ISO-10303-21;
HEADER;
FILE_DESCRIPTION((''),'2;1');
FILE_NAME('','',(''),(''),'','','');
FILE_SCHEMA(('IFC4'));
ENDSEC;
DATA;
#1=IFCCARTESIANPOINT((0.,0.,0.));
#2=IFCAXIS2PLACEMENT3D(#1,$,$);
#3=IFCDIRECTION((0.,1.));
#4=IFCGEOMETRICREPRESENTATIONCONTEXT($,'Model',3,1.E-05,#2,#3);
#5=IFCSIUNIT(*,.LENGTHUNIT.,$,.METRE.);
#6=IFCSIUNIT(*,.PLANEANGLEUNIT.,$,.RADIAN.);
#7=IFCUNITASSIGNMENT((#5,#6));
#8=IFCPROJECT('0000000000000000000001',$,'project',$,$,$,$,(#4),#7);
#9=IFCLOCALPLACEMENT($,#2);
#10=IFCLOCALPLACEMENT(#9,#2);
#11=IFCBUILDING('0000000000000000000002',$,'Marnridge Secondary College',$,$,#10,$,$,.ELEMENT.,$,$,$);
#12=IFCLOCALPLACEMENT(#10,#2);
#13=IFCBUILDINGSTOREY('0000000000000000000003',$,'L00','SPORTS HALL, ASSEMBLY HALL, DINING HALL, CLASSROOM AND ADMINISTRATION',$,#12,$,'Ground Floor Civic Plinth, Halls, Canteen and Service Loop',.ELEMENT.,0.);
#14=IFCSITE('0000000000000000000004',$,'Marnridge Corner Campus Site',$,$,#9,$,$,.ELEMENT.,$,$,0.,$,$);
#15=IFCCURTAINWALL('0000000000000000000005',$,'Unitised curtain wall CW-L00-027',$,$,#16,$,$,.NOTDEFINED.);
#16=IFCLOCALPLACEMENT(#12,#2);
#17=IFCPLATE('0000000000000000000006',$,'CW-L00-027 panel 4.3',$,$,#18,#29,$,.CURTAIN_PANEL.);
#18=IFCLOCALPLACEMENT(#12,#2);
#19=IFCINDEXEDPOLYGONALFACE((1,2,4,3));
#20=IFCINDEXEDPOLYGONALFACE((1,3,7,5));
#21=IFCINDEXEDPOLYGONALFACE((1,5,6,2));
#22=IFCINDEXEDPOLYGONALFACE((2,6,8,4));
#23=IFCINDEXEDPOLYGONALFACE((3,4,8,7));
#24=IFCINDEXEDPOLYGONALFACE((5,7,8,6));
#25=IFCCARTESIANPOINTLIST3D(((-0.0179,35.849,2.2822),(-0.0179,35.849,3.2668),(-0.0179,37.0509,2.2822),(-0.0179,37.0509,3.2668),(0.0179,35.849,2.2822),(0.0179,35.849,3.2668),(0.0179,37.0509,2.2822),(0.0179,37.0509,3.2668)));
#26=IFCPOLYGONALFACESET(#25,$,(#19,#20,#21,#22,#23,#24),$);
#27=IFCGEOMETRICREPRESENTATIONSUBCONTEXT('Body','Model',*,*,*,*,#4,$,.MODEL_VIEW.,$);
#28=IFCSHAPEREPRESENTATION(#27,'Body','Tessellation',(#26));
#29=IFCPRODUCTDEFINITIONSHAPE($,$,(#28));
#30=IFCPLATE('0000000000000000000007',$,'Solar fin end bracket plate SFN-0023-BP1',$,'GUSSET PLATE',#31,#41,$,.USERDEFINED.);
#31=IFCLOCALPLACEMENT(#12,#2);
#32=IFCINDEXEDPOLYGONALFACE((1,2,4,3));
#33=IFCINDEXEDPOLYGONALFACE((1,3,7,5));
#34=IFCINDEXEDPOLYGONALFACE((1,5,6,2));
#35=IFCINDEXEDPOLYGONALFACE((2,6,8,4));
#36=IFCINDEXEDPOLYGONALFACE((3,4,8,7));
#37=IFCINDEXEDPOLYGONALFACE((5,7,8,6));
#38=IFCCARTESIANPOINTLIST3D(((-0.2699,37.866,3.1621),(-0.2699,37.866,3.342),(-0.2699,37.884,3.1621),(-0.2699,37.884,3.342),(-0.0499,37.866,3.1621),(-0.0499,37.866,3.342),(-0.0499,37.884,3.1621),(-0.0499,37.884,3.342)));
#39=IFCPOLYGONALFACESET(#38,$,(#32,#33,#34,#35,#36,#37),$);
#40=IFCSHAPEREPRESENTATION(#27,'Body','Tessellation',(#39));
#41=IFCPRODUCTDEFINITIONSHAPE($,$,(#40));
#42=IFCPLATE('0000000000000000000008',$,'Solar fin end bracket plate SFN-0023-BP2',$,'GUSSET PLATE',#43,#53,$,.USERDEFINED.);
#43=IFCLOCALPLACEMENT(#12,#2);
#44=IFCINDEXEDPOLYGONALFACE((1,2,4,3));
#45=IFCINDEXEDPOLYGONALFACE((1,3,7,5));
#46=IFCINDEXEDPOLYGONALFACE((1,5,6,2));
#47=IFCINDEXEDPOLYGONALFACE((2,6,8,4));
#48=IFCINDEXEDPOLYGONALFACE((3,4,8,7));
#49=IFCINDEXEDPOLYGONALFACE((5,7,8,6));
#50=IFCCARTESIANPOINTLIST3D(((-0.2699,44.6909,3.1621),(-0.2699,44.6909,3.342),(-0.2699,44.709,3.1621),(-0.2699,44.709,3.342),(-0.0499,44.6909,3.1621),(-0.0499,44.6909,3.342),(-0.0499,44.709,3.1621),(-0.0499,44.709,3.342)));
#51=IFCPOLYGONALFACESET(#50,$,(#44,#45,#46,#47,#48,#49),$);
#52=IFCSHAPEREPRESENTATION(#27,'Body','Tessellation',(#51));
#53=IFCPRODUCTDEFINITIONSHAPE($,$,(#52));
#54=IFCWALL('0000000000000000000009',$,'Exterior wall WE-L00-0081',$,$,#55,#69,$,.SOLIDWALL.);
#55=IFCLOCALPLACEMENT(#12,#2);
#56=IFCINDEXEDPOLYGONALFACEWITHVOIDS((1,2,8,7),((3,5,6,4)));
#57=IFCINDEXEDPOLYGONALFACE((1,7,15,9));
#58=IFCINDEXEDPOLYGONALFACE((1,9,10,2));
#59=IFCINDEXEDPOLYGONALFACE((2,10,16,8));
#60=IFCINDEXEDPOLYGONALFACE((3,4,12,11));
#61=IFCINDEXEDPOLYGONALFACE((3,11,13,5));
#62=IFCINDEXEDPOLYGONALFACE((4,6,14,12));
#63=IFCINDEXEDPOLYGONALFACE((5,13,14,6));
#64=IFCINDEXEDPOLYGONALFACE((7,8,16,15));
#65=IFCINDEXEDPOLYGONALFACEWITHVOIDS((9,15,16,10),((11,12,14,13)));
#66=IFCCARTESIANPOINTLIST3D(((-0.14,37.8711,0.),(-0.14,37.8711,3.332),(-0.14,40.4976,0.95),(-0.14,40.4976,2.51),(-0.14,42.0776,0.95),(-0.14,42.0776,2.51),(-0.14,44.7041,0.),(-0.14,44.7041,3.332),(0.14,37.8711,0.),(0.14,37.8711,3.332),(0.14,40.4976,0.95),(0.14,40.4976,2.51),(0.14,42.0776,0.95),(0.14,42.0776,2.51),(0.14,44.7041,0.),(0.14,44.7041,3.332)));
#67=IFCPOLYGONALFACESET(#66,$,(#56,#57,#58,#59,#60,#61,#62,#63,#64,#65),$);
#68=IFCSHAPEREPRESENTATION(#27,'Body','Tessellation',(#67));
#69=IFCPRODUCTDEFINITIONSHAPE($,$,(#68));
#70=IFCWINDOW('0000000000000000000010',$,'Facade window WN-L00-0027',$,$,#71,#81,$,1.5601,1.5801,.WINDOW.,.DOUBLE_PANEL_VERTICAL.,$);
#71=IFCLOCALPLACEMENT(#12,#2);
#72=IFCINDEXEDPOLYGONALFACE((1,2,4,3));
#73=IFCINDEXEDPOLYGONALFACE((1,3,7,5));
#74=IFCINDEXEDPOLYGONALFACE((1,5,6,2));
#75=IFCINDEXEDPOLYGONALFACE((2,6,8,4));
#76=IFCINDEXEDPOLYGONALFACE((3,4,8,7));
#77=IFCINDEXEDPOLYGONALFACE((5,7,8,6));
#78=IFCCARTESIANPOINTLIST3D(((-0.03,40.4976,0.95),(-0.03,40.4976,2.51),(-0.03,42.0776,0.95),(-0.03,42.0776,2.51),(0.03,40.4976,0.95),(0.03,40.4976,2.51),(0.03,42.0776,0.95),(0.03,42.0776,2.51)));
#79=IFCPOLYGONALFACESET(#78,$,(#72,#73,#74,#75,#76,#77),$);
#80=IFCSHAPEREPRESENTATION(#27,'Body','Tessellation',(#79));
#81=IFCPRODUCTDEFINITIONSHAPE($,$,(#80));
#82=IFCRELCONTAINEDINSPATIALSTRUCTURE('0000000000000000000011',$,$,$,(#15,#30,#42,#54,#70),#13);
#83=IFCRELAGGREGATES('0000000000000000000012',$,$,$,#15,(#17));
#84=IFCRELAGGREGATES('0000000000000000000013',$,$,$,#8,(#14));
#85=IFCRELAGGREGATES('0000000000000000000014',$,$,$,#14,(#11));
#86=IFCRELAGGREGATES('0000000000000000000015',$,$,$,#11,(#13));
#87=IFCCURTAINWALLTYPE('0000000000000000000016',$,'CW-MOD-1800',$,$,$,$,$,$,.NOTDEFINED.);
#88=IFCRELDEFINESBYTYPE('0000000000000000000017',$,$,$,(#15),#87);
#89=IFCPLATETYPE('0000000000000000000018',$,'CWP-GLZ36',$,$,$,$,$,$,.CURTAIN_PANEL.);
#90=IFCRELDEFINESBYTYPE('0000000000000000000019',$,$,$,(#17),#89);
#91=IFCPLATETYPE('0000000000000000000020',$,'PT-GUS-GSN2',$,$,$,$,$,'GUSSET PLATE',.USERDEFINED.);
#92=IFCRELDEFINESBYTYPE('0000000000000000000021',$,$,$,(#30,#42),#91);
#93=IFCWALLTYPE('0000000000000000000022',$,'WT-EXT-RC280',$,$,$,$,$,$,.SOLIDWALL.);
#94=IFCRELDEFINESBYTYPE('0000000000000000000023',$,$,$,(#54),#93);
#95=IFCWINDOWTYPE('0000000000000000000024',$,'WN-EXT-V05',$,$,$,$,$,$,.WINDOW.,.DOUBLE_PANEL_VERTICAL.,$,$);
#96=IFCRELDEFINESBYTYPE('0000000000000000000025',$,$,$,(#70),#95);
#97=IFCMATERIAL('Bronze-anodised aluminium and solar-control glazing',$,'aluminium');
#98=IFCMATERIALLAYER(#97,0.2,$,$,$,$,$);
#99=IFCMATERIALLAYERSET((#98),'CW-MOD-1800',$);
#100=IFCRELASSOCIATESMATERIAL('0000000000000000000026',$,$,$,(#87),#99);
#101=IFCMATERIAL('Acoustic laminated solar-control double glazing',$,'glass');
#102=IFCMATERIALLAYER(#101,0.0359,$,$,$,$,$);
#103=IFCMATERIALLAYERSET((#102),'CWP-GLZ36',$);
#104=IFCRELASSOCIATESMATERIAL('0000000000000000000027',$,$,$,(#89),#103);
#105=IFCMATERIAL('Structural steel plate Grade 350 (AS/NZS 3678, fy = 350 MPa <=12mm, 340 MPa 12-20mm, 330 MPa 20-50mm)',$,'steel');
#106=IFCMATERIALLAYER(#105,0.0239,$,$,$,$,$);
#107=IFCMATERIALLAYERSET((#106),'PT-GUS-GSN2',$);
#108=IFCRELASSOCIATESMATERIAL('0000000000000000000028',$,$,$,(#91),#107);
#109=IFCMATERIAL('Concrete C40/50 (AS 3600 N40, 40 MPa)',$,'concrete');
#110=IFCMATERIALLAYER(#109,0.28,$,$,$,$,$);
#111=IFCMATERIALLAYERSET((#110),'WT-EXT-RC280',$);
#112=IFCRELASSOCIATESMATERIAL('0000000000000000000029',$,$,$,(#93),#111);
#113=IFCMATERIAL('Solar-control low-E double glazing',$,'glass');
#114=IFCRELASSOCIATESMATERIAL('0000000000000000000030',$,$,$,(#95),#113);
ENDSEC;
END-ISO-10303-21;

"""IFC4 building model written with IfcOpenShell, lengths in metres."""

from ifc_helpers import new_model, si_unit, direction, frame, frame_2d, origin, origin_2d, place, context, subcontext, project, spatial, rectangle, extrude, material, layer, layer_set, type_object, element, fill, aggregate, save


model = new_model("IFC4")

# Units and contexts
model_context = context("Model", 3, precision=1e-05, world=origin(), true_north=direction((0.0, 1.0)))
body_context = subcontext(model_context, "Body", "Model", "MODEL_VIEW")
ifc_project = project(units=[si_unit("LENGTHUNIT", "METRE"), si_unit("PLANEANGLEUNIT", "RADIAN")], contexts=[model_context])

# Site, building, storey
site_placement = place(None, origin())
site = spatial("IfcSite", under=ifc_project, at=site_placement, Name="Marnridge Corner Campus Site", CompositionType="ELEMENT", RefElevation=0.0)
building_placement = place(site_placement, origin())
building = spatial("IfcBuilding", under=site, at=building_placement, Name="Marnridge Secondary College", CompositionType="ELEMENT")
storey_placement = place(building_placement, origin())
storey = spatial("IfcBuildingStorey", under=building, at=storey_placement, Name="L00", Description="SPORTS HALL, ASSEMBLY HALL, DINING HALL, CLASSROOM AND ADMINISTRATION", LongName="Ground Floor Civic Plinth, Halls, Canteen and Service Loop", CompositionType="ELEMENT", Elevation=0.0)

# Curtain wall
ifc_material_1 = material(Name="Bronze-anodised aluminium and solar-control glazing", Category="aluminium")
ifc_layer_1 = layer(ifc_material_1, 0.2)
ifc_layer_set_1 = layer_set([ifc_layer_1], Name="CW-MOD-1800")
curtain_wall_type = type_object("IfcCurtainWallType", Name="CW-MOD-1800", PredefinedType="NOTDEFINED", material=ifc_layer_set_1)
curtain_wall_placement = place(storey_placement, origin())
curtain_wall = element("IfcCurtainWall", 1, at=curtain_wall_placement, inside=storey, type_object=curtain_wall_type, Name="Unitised curtain wall CW-L00-027", PredefinedType="NOTDEFINED")

# Plate
ifc_material_2 = material(Name="Acoustic laminated solar-control double glazing", Category="glass")
ifc_layer_2 = layer(ifc_material_2, 0.0359)
ifc_layer_set_2 = layer_set([ifc_layer_2], Name="CWP-GLZ36")
plate_type_1 = type_object("IfcPlateType", Name="CWP-GLZ36", PredefinedType="CURTAIN_PANEL", material=ifc_layer_set_2)
plate_1_placement = place(storey_placement, frame((0.0, 36.45, 2.2822), z_axis=(0.0, 0.0, 1.0), x_axis=(0.0, 1.0, 0.0)))
plate_1 = element("IfcPlate", 2, at=plate_1_placement, type_object=plate_type_1, Name="CW-L00-027 panel 4.3", PredefinedType="CURTAIN_PANEL", context=body_context, shape_type="SweptSolid", body=[
    extrude(rectangle(XDim=1.2019, YDim=0.0359, at=origin_2d()), origin(), (0.0, 0.0, 1.0), 0.9846),
])
aggregate(curtain_wall, [plate_1])

# Plates
ifc_material_3 = material(Name="Structural steel plate Grade 350 (AS/NZS 3678, fy = 350 MPa <=12mm, 340 MPa 12-20mm, 330 MPa 20-50mm)", Category="steel")
ifc_layer_3 = layer(ifc_material_3, 0.0239)
ifc_layer_set_3 = layer_set([ifc_layer_3], Name="PT-GUS-GSN2")
plate_type_2 = type_object("IfcPlateType", Name="PT-GUS-GSN2", ElementType="GUSSET PLATE", PredefinedType="USERDEFINED", material=ifc_layer_set_3)
for number, where, z_axis, x_axis, name in (
    (3, (-0.1599, 37.875, 3.1621), (0.0, 0.0, 1.0), (1.0, 0.0, 0.0), "Solar fin end bracket plate SFN-0023-BP1"),
    (4, (-0.1599, 44.7, 3.1621), (0.0, 0.0, 1.0), (1.0, 0.0, 0.0), "Solar fin end bracket plate SFN-0023-BP2"),
):
    element("IfcPlate", number, at=place(storey_placement, frame(where, z_axis=z_axis, x_axis=x_axis)), inside=storey, type_object=plate_type_2, Name=name, ObjectType="GUSSET PLATE", PredefinedType="USERDEFINED", context=body_context, shape_type="SweptSolid", body=[
        extrude(rectangle(XDim=0.22, YDim=0.0181, at=origin_2d()), origin(), (0.0, 0.0, 1.0), 0.1799),
    ])

# Shared definitions
ifc_material_4 = material(Name="Concrete C40/50 (AS 3600 N40, 40 MPa)", Category="concrete")
ifc_layer_4 = layer(ifc_material_4, 0.28)
ifc_layer_set_4 = layer_set([ifc_layer_4], Name="WT-EXT-RC280")
wall_type = type_object("IfcWallType", Name="WT-EXT-RC280", PredefinedType="SOLIDWALL", material=ifc_layer_set_4)

# Wall, opening, window
wall_1_placement = place(storey_placement, frame((0.0, 37.8711, 0.0), z_axis=(0.0, 0.0, 1.0), x_axis=(0.0, 1.0, 0.0)))
wall_1 = element("IfcWall", 5, at=wall_1_placement, inside=storey, type_object=wall_type, Name="Exterior wall WE-L00-0081", PredefinedType="SOLIDWALL", context=body_context, shape_type="SweptSolid", body=[
    extrude(rectangle(XDim=6.833, YDim=0.28, at=frame_2d((3.4165, 0.0))), origin(), (0.0, 0.0, 1.0), 3.332),
])
opening_1_placement = place(wall_1_placement, frame((2.6265, 0.0, 0.95)))
opening_1 = element("IfcOpeningElement", 6, at=opening_1_placement, cuts=wall_1, PredefinedType="OPENING", context=body_context, shape_type="SweptSolid", body=[
    extrude(rectangle(XDim=1.5801, YDim=1.5601, at=frame_2d((0.79, 0.78))), frame((0.0, 0.1499, 0.0), z_axis=(0.0, -1.0, 0.0), x_axis=(1.0, 0.0, 0.0)), (0.0, 0.0, 1.0), 0.3),
])
ifc_material_5 = material(Name="Solar-control low-E double glazing", Category="glass")
window_type = type_object("IfcWindowType", Name="WN-EXT-V05", PartitioningType="DOUBLE_PANEL_VERTICAL", PredefinedType="WINDOW", material=ifc_material_5)
window_placement = place(opening_1_placement, origin())
window = element("IfcWindow", 7, at=window_placement, inside=storey, type_object=window_type, Name="Facade window WN-L00-0027", OverallHeight=1.5601, OverallWidth=1.5801, PartitioningType="DOUBLE_PANEL_VERTICAL", PredefinedType="WINDOW", context=body_context, shape_type="SweptSolid", body=[
    extrude(rectangle(XDim=1.5801, YDim=1.5601, at=frame_2d((0.79, 0.78))), frame((0.0, 0.03, 0.0), z_axis=(0.0, -1.0, 0.0), x_axis=(1.0, 0.0, 0.0)), (0.0, 0.0, 1.0), 0.0601),
])
fill(opening_1, window)

save(model, "model.ifc")
